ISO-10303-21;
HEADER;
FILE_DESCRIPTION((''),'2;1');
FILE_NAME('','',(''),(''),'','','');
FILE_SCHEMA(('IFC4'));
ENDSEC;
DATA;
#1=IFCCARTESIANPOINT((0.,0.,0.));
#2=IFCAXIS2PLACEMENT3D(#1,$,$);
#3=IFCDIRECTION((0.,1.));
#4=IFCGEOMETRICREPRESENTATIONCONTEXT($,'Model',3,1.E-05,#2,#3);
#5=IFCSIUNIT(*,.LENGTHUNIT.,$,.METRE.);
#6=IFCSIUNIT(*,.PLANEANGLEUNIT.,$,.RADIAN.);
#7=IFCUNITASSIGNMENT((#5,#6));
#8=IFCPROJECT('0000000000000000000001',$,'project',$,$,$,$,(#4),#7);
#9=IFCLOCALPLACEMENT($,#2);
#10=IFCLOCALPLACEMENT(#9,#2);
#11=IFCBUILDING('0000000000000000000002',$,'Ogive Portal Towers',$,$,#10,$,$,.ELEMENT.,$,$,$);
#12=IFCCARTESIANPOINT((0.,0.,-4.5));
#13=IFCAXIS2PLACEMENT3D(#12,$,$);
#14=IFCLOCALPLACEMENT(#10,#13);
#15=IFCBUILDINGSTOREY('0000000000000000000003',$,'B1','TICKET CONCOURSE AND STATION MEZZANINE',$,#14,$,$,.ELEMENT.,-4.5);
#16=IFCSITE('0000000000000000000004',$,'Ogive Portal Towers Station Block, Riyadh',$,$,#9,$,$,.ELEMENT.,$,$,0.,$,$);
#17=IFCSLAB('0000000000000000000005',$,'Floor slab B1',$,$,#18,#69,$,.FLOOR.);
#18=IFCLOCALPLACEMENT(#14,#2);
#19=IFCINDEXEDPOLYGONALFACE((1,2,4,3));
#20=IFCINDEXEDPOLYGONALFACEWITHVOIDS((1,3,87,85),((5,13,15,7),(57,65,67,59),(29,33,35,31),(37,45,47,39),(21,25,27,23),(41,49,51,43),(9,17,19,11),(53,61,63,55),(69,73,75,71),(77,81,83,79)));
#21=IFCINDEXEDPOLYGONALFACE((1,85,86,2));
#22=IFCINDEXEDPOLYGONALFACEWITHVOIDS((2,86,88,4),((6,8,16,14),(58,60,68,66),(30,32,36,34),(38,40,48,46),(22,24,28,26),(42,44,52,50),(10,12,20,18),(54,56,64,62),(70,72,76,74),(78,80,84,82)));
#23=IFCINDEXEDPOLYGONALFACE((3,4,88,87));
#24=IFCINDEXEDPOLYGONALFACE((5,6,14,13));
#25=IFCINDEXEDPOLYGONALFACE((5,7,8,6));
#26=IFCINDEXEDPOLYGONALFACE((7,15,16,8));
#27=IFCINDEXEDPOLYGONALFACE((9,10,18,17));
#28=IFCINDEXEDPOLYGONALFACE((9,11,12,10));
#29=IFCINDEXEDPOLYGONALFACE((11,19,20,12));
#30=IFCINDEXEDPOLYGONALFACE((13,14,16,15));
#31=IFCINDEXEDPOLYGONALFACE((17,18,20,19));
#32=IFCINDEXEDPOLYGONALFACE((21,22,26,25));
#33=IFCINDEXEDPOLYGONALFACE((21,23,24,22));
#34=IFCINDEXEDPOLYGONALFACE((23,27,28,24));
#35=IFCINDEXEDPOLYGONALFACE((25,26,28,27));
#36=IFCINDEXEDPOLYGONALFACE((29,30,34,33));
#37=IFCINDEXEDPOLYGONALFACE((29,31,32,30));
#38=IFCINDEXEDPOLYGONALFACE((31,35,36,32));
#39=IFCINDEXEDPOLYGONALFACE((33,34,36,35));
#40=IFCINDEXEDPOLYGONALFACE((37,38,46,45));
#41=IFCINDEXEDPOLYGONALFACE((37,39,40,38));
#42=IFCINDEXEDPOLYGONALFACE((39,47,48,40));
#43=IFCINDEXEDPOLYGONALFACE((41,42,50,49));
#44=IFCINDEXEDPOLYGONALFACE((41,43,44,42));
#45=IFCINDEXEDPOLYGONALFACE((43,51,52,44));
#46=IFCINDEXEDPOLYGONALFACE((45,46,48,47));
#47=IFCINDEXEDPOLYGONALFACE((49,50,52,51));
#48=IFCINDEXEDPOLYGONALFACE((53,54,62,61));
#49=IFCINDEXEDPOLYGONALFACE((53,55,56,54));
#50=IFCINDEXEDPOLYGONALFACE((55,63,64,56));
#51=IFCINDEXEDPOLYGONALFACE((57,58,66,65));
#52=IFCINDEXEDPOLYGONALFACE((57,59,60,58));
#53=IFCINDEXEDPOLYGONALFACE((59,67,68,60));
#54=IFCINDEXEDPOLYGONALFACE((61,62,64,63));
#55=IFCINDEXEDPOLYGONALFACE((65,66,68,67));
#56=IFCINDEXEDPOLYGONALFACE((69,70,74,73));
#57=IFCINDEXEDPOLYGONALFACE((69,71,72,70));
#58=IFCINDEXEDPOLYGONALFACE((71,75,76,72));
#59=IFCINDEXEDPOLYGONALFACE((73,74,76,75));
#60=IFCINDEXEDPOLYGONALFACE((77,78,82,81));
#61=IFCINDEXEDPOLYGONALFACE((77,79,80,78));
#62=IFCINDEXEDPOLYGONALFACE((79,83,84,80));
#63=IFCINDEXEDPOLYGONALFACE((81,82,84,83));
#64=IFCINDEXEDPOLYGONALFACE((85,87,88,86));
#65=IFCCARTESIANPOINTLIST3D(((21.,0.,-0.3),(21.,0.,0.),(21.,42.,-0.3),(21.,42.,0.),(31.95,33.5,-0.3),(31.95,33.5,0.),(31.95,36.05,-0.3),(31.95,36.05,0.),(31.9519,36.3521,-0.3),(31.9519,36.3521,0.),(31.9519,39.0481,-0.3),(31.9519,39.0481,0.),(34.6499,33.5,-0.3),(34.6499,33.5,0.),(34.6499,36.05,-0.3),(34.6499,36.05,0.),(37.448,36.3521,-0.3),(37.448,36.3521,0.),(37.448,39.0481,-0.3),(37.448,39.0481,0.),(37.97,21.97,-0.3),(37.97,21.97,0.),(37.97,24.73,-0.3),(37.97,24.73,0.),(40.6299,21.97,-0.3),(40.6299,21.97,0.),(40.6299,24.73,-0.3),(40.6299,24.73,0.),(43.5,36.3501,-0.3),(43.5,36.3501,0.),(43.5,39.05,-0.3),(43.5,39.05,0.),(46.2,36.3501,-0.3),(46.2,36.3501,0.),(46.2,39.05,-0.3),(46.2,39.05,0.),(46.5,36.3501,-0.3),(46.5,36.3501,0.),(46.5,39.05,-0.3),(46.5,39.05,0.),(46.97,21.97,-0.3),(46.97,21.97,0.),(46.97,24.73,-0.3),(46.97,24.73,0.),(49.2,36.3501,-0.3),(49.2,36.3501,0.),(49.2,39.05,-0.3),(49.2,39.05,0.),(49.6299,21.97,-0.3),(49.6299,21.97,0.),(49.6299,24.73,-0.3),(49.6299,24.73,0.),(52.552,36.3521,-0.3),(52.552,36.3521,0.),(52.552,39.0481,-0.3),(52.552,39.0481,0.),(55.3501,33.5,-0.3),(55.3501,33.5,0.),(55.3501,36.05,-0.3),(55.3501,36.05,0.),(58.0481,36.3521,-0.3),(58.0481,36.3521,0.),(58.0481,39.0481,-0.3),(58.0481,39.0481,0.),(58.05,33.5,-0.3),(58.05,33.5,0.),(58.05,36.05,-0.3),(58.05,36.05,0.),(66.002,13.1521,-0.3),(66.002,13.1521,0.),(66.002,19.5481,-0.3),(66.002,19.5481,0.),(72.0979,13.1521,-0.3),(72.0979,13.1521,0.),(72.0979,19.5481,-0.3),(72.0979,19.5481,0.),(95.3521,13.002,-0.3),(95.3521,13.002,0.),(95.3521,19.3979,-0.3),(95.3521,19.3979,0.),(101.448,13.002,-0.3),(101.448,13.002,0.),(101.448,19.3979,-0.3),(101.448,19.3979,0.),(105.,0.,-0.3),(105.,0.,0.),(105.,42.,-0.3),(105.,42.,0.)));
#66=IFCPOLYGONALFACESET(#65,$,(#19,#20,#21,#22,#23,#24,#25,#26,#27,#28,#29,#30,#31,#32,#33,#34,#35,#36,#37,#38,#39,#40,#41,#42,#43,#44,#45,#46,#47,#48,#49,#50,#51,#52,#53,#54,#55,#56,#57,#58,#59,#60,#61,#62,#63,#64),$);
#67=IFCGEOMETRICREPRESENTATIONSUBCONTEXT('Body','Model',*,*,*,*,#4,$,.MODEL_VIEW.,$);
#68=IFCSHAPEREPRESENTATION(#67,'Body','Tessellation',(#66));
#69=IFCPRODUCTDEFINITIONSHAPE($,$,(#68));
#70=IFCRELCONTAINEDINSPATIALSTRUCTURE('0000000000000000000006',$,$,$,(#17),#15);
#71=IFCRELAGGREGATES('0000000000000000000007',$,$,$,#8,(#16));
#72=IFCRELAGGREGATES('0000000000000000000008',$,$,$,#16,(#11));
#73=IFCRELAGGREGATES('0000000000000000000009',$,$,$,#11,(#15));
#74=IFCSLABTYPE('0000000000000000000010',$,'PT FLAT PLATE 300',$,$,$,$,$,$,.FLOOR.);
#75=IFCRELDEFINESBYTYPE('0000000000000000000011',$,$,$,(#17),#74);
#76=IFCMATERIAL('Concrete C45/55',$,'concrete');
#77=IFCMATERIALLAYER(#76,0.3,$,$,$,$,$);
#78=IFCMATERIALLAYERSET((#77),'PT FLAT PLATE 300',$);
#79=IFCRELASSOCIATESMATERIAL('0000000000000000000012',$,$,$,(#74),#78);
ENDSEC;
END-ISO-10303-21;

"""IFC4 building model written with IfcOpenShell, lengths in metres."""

from ifc_helpers import new_model, si_unit, direction, frame, origin, place, context, subcontext, project, spatial, polyline, outline, extrude, material, layer, layer_set, type_object, element, save


model = new_model("IFC4")

# Units and contexts
model_context = context("Model", 3, precision=1e-05, world=origin(), true_north=direction((0.0, 1.0)))
body_context = subcontext(model_context, "Body", "Model", "MODEL_VIEW")
ifc_project = project(units=[si_unit("LENGTHUNIT", "METRE"), si_unit("PLANEANGLEUNIT", "RADIAN")], contexts=[model_context])

# Site, building, storey
site_placement = place(None, origin())
site = spatial("IfcSite", under=ifc_project, at=site_placement, Name="Ogive Portal Towers Station Block, Riyadh", CompositionType="ELEMENT", RefElevation=0.0)
building_placement = place(site_placement, origin())
building = spatial("IfcBuilding", under=site, at=building_placement, Name="Ogive Portal Towers", CompositionType="ELEMENT")
storey_placement = place(building_placement, frame((0.0, 0.0, -4.5)))
storey = spatial("IfcBuildingStorey", under=building, at=storey_placement, Name="B1", Description="TICKET CONCOURSE AND STATION MEZZANINE", CompositionType="ELEMENT", Elevation=-4.5)

# Slab
ifc_material_1 = material(Name="Concrete C45/55", Category="concrete")
ifc_layer = layer(ifc_material_1, 0.3)
ifc_layer_set = layer_set([ifc_layer], Name="PT FLAT PLATE 300")
slab_type = type_object("IfcSlabType", Name="PT FLAT PLATE 300", PredefinedType="FLOOR", material=ifc_layer_set)
slab_placement = place(storey_placement, frame((0.0, 0.0, -0.3)))
element("IfcSlab", 1, at=slab_placement, inside=storey, type_object=slab_type, Name="Floor slab B1", PredefinedType="FLOOR", context=body_context, shape_type="SweptSolid", body=[
    extrude(outline(polyline([(21.0, 0.0), (105.0, 0.0), (105.0, 42.0), (21.0, 42.0), (21.0, 0.0)]), holes=[polyline([(101.448, 13.002), (95.3521, 13.002), (95.3521, 19.3979), (101.448, 19.3979), (101.448, 13.002)]), polyline([(72.0979, 13.1521), (66.002, 13.1521), (66.002, 19.5481), (72.0979, 19.5481), (72.0979, 13.1521)]), polyline([(40.6299, 24.73), (40.6299, 21.97), (37.97, 21.97), (37.97, 24.73), (40.6299, 24.73)]), polyline([(49.6299, 21.97), (46.97, 21.97), (46.97, 24.73), (49.6299, 24.73), (49.6299, 21.97)]), polyline([(34.6499, 36.05), (34.6499, 33.5), (31.95, 33.5), (31.95, 36.05), (34.6499, 36.05)]), polyline([(55.3501, 36.05), (58.05, 36.05), (58.05, 33.5), (55.3501, 33.5), (55.3501, 36.05)]), polyline([(31.9519, 36.3521), (31.9519, 39.0481), (37.448, 39.0481), (37.448, 36.3521), (31.9519, 36.3521)]), polyline([(43.5, 39.05), (46.2, 39.05), (46.2, 36.3501), (43.5, 36.3501), (43.5, 39.05)]), polyline([(49.2, 39.05), (49.2, 36.3501), (46.5, 36.3501), (46.5, 39.05), (49.2, 39.05)]), polyline([(58.0481, 36.3521), (52.552, 36.3521), (52.552, 39.0481), (58.0481, 39.0481), (58.0481, 36.3521)])]), origin(), (0.0, 0.0, 1.0), 0.3),
])

save(model, "model.ifc")
